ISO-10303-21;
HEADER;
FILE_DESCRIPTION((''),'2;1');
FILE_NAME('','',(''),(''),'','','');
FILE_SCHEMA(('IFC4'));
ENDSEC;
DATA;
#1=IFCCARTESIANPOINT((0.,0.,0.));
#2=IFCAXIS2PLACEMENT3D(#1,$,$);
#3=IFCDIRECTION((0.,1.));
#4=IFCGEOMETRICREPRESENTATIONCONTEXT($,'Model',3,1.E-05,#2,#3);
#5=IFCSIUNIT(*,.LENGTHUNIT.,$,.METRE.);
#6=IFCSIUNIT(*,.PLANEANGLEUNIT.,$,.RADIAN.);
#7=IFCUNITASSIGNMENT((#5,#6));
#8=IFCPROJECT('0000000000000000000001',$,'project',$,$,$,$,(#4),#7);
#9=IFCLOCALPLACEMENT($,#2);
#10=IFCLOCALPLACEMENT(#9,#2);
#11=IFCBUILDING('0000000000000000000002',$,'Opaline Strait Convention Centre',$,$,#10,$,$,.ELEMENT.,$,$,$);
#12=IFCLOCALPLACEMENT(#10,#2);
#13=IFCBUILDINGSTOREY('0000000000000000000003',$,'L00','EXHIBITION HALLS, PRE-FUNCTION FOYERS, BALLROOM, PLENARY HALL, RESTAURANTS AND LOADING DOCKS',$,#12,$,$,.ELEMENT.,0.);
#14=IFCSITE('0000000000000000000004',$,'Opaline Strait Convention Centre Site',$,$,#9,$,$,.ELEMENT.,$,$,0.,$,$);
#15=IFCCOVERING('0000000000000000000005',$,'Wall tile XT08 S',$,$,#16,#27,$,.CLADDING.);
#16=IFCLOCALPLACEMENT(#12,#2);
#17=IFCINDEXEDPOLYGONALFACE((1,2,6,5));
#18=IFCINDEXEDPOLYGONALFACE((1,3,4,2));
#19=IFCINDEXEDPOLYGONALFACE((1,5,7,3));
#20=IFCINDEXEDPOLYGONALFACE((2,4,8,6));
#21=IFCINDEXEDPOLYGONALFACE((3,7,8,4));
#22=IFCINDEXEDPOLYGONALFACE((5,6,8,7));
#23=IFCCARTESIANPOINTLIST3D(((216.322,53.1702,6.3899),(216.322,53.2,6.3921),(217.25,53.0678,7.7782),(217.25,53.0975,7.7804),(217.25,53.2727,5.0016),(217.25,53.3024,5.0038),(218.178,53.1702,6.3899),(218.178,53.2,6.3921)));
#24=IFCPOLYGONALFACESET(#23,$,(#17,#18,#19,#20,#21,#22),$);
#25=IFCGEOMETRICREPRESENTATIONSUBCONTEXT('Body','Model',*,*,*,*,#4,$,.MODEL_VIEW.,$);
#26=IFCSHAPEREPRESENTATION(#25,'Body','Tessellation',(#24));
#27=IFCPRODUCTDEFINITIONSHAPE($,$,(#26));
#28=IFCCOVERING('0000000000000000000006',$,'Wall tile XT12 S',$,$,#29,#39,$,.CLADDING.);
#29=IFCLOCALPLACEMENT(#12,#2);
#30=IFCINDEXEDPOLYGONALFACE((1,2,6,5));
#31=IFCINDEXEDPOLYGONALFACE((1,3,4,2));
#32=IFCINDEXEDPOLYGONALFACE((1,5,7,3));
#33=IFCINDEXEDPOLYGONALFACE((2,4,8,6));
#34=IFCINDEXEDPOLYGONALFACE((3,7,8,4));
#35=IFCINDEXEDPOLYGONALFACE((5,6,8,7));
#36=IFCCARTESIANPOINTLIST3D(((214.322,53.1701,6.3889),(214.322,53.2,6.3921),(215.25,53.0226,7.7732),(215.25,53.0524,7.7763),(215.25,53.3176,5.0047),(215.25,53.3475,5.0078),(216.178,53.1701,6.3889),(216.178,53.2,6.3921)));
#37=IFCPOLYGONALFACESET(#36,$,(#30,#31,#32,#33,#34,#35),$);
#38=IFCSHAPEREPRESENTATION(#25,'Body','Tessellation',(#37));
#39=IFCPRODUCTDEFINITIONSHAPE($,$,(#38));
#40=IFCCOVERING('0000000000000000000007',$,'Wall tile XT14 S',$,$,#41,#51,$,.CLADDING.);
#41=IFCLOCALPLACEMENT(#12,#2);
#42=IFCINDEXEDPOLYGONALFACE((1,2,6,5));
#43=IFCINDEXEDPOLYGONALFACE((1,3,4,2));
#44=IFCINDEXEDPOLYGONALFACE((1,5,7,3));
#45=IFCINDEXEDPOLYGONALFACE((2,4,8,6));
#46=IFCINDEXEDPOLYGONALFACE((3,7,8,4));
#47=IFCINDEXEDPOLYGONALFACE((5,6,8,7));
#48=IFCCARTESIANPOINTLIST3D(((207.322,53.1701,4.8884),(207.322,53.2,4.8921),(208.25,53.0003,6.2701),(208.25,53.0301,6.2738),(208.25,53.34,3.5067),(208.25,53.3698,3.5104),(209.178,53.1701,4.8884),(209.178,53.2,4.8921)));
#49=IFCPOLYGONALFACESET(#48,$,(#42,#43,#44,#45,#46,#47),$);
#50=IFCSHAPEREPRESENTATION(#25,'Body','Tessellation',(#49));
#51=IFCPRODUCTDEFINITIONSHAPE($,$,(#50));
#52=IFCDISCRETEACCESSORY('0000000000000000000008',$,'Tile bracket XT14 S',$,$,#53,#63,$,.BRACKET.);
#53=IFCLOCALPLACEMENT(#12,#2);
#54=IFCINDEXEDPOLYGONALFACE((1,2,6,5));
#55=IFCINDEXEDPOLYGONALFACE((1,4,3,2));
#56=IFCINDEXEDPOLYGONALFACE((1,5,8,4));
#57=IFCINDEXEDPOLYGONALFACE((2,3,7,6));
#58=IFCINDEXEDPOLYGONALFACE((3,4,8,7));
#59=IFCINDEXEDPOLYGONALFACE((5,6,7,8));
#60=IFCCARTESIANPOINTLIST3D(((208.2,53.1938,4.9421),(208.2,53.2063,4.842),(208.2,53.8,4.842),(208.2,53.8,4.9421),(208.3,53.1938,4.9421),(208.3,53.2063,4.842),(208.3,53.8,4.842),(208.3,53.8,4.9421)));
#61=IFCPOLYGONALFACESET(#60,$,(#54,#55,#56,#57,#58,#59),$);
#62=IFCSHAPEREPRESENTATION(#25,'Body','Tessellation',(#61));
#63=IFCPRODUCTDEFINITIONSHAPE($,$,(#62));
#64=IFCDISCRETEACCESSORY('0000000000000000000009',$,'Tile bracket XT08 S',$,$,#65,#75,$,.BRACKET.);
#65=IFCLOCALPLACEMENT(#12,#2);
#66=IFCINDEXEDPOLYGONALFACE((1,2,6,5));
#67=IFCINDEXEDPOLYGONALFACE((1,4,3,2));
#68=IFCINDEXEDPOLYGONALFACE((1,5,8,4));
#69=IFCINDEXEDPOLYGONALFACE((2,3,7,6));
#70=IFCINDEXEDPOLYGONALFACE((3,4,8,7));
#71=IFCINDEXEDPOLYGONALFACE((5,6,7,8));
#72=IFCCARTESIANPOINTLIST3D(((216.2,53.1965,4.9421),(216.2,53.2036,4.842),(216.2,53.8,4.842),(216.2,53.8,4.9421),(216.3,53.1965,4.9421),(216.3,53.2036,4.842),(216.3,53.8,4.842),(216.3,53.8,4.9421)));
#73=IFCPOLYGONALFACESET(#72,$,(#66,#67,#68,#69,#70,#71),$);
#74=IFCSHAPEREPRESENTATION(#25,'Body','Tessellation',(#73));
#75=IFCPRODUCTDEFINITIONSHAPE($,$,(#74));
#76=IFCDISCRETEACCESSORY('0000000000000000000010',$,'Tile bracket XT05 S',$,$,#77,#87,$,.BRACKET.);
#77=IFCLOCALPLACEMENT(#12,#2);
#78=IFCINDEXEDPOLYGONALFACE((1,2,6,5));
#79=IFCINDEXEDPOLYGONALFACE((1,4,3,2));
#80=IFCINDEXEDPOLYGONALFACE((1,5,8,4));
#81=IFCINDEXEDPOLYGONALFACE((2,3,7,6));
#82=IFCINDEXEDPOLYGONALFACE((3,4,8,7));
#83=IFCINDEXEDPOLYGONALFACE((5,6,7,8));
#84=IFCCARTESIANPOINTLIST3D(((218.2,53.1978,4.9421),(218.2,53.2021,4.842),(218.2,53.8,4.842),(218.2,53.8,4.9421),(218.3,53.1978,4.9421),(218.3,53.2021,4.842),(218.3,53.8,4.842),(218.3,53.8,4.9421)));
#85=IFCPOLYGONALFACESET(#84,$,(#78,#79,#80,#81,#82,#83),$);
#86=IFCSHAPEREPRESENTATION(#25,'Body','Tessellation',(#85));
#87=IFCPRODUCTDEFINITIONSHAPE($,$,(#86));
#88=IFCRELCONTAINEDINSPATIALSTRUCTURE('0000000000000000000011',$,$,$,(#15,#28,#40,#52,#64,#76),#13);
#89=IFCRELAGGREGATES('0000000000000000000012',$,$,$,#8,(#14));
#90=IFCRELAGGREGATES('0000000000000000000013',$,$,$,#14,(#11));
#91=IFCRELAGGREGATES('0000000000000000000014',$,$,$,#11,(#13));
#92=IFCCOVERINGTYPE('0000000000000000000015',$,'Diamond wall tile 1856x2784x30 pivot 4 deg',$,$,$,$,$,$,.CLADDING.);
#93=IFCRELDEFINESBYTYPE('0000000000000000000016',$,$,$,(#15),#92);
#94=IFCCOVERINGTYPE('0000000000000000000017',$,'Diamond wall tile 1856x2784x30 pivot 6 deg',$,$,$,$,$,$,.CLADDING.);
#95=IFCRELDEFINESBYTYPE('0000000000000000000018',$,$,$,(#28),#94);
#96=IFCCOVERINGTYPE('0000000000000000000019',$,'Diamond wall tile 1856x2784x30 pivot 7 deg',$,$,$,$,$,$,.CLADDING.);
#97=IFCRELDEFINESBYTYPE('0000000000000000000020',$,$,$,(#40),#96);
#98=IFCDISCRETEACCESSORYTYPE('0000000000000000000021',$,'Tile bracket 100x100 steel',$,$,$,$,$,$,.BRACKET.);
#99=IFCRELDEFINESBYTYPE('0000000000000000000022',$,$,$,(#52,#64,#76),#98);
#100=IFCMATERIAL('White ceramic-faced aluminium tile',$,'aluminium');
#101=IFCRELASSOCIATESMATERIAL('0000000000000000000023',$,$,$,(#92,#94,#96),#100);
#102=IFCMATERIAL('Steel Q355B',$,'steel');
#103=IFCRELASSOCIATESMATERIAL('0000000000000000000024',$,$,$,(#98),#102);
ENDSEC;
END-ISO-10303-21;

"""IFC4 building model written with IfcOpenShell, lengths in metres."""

from ifc_helpers import new_model, si_unit, direction, frame, origin, place, context, subcontext, project, spatial, polyline, outline, extrude, material, material_profile, profile_set, type_object, element, save


model = new_model("IFC4")

# Units and contexts
model_context = context("Model", 3, precision=1e-05, world=origin(), true_north=direction((0.0, 1.0)))
body_context = subcontext(model_context, "Body", "Model", "MODEL_VIEW")
ifc_project = project(units=[si_unit("LENGTHUNIT", "METRE"), si_unit("PLANEANGLEUNIT", "RADIAN")], contexts=[model_context])

# Site, building, storey
site_placement = place(None, origin())
site = spatial("IfcSite", under=ifc_project, at=site_placement, Name="Opaline Strait Convention Centre Site", CompositionType="ELEMENT", RefElevation=0.0)
building_placement = place(site_placement, origin())
building = spatial("IfcBuilding", under=site, at=building_placement, Name="Opaline Strait Convention Centre", CompositionType="ELEMENT")
storey_placement = place(building_placement, origin())
storey = spatial("IfcBuildingStorey", under=building, at=storey_placement, Name="L00", Description="EXHIBITION HALLS, PRE-FUNCTION FOYERS, BALLROOM, PLENARY HALL, RESTAURANTS AND LOADING DOCKS", CompositionType="ELEMENT", Elevation=0.0)

# Shared definitions
ifc_material_1 = material(Name="Steel Q355B", Category="steel")

# Coverings
ifc_material_2 = material(Name="White ceramic-faced aluminium tile", Category="aluminium")
ifc_material_profile_1 = material_profile(ifc_material_2, outline(polyline([(0.928, 0.0), (0.0, 1.3921), (-0.928, 0.0), (0.0, -1.3921), (0.928, 0.0)])), Name="Diamond tile 1856x2784")
ifc_profile_set_1 = profile_set([ifc_material_profile_1], Name="White ceramic-faced aluminium tile")
covering_type_1 = type_object("IfcCoveringType", Name="Diamond wall tile 1856x2784x30 pivot 4 deg", PredefinedType="CLADDING", material=ifc_profile_set_1)
for number, where, z_axis, x_axis, name in (
    (1, (217.25, 53.2, 6.3921), (0.0, -0.99729, -0.073571), (1.0, 0.0, 0.0), "Wall tile XT08 S"),
):
    element("IfcCovering", number, at=place(storey_placement, frame(where, z_axis=z_axis, x_axis=x_axis)), inside=storey, type_object=covering_type_1, Name=name, PredefinedType="CLADDING", context=body_context, shape_type="SweptSolid", body=[
        extrude(outline(polyline([(0.928, 0.0), (0.0, 1.3921), (-0.928, 0.0), (0.0, -1.3921), (0.928, 0.0)])), origin(), (0.0, 0.0, 1.0), 0.0298),
    ])
ifc_material_profile_2 = material_profile(ifc_material_2, outline(polyline([(0.928, 0.0), (0.0, 1.3921), (-0.928, 0.0), (0.0, -1.3921), (0.928, 0.0)])), Name="Diamond tile 1856x2784")
ifc_profile_set_2 = profile_set([ifc_material_profile_2], Name="White ceramic-faced aluminium tile")
covering_type_2 = type_object("IfcCoveringType", Name="Diamond wall tile 1856x2784x30 pivot 6 deg", PredefinedType="CLADDING", material=ifc_profile_set_2)
covering_1_placement = place(storey_placement, frame((215.25, 53.2, 6.3921), z_axis=(0.0, -0.994371, -0.105958), x_axis=(1.0, 0.0, 0.0)))
element("IfcCovering", 2, at=covering_1_placement, inside=storey, type_object=covering_type_2, Name="Wall tile XT12 S", PredefinedType="CLADDING", context=body_context, shape_type="SweptSolid", body=[
    extrude(outline(polyline([(0.928, 0.0), (0.0, 1.3921), (-0.928, 0.0), (0.0, -1.3921), (0.928, 0.0)])), origin(), (0.0, 0.0, 1.0), 0.03),
])
ifc_material_profile_3 = material_profile(ifc_material_2, outline(polyline([(0.928, 0.0), (0.0, 1.3921), (-0.928, 0.0), (0.0, -1.3921), (0.928, 0.0)])), Name="Diamond tile 1856x2784")
ifc_profile_set_3 = profile_set([ifc_material_profile_3], Name="White ceramic-faced aluminium tile")
covering_type_3 = type_object("IfcCoveringType", Name="Diamond wall tile 1856x2784x30 pivot 7 deg", PredefinedType="CLADDING", material=ifc_profile_set_3)
covering_2_placement = place(storey_placement, frame((208.25, 53.2, 4.8921), z_axis=(0.0, -0.992526, -0.122032), x_axis=(1.0, 0.0, 0.0)))
element("IfcCovering", 3, at=covering_2_placement, inside=storey, type_object=covering_type_3, Name="Wall tile XT14 S", PredefinedType="CLADDING", context=body_context, shape_type="SweptSolid", body=[
    extrude(outline(polyline([(0.928, 0.0), (0.0, 1.3921), (-0.928, 0.0), (0.0, -1.3921), (0.928, 0.0)])), origin(), (0.0, 0.0, 1.0), 0.03),
])

# Discrete accessories
discrete_accessory_type = type_object("IfcDiscreteAccessoryType", Name="Tile bracket 100x100 steel", PredefinedType="BRACKET", material=ifc_material_1)
discrete_accessory_1_placement = place(storey_placement, frame((208.2, 53.8, 4.8921), z_axis=(1.0, 0.0, 0.0), x_axis=(0.0, 1.0, 0.0)))
element("IfcDiscreteAccessory", 4, at=discrete_accessory_1_placement, inside=storey, type_object=discrete_accessory_type, Name="Tile bracket XT14 S", PredefinedType="BRACKET", context=body_context, shape_type="SweptSolid", body=[
    extrude(outline(polyline([(0.0, -0.05), (0.0, 0.05), (-0.6062, 0.05), (-0.5938, -0.05), (0.0, -0.05)])), origin(), (0.0, 0.0, 1.0), 0.1001),
])
discrete_accessory_2_placement = place(storey_placement, frame((216.2, 53.8, 4.8921), z_axis=(1.0, 0.0, 0.0), x_axis=(0.0, 1.0, 0.0)))
element("IfcDiscreteAccessory", 5, at=discrete_accessory_2_placement, inside=storey, type_object=discrete_accessory_type, Name="Tile bracket XT08 S", PredefinedType="BRACKET", context=body_context, shape_type="SweptSolid", body=[
    extrude(outline(polyline([(0.0, -0.05), (0.0, 0.05), (-0.6035, 0.05), (-0.5964, -0.05), (0.0, -0.05)])), origin(), (0.0, 0.0, 1.0), 0.1001),
])
discrete_accessory_3_placement = place(storey_placement, frame((218.2, 53.8, 4.8921), z_axis=(1.0, 0.0, 0.0), x_axis=(0.0, 1.0, 0.0)))
element("IfcDiscreteAccessory", 6, at=discrete_accessory_3_placement, inside=storey, type_object=discrete_accessory_type, Name="Tile bracket XT05 S", PredefinedType="BRACKET", context=body_context, shape_type="SweptSolid", body=[
    extrude(outline(polyline([(0.0, -0.05), (0.0, 0.05), (-0.6023, 0.05), (-0.5979, -0.05), (0.0, -0.05)])), origin(), (0.0, 0.0, 1.0), 0.1001),
])

save(model, "model.ifc")
